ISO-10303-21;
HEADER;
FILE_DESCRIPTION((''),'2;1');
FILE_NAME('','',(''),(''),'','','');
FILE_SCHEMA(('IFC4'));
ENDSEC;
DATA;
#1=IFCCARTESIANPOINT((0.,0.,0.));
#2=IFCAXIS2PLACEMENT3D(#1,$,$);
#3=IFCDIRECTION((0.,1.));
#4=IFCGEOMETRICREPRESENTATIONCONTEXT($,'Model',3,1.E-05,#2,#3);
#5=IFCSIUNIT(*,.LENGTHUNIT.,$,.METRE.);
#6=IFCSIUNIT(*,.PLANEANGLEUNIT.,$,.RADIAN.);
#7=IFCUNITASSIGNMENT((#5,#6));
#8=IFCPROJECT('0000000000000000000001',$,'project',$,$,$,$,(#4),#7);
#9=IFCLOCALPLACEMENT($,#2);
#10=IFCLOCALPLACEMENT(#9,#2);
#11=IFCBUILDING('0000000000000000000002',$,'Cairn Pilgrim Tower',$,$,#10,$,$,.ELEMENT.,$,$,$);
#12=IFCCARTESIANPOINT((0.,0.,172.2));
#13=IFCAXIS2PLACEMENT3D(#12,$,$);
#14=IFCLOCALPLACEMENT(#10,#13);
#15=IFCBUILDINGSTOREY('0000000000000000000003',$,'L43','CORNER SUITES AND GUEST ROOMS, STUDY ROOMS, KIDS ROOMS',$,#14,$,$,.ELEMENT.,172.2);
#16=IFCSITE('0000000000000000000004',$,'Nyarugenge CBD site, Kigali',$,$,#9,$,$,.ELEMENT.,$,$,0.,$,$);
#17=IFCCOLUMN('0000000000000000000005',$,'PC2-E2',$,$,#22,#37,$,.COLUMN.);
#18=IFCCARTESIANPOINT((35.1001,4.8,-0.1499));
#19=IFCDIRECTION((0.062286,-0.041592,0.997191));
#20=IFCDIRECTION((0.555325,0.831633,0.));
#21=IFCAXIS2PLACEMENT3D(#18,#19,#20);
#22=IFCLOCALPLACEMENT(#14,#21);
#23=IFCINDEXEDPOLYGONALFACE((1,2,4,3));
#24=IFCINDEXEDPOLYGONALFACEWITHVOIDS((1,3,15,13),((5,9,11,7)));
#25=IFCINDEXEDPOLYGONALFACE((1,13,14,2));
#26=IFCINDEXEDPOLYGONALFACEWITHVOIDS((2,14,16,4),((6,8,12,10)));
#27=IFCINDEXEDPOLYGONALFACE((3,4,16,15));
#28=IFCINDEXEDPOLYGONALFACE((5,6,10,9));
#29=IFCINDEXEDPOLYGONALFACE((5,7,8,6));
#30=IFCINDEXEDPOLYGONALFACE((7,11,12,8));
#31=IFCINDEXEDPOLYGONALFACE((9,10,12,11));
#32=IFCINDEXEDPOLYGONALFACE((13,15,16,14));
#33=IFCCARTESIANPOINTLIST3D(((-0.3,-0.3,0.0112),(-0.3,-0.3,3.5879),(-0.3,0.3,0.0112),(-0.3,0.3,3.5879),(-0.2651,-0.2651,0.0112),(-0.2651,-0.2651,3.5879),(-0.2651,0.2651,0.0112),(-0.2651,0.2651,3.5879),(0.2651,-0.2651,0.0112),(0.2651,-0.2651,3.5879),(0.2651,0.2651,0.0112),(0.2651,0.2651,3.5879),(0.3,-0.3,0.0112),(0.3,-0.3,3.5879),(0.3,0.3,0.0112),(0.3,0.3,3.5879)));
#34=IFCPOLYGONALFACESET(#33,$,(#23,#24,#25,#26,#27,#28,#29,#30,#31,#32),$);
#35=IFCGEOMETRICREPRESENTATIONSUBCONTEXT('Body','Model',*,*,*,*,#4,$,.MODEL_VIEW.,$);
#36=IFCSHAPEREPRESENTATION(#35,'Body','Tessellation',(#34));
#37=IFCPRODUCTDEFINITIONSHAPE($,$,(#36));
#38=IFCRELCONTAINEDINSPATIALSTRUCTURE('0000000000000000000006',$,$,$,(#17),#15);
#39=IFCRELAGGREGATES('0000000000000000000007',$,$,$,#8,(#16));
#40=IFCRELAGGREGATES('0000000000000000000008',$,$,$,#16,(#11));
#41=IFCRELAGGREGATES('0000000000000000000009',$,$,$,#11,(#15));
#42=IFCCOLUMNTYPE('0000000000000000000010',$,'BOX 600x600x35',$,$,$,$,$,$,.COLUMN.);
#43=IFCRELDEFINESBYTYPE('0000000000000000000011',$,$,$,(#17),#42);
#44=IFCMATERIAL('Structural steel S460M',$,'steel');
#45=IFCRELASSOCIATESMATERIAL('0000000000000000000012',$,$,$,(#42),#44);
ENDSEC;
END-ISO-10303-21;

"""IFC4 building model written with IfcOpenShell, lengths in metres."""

from ifc_helpers import new_model, si_unit, direction, frame, origin, origin_2d, place, context, subcontext, project, spatial, hollow_rectangle, extrude, clip, halfspace, material, material_profile, profile_set, type_object, element, save


model = new_model("IFC4")

# Units and contexts
model_context = context("Model", 3, precision=1e-05, world=origin(), true_north=direction((0.0, 1.0)))
body_context = subcontext(model_context, "Body", "Model", "MODEL_VIEW")
ifc_project = project(units=[si_unit("LENGTHUNIT", "METRE"), si_unit("PLANEANGLEUNIT", "RADIAN")], contexts=[model_context])

# Site, building, storey
site_placement = place(None, origin())
site = spatial("IfcSite", under=ifc_project, at=site_placement, Name="Nyarugenge CBD site, Kigali", CompositionType="ELEMENT", RefElevation=0.0)
building_placement = place(site_placement, origin())
building = spatial("IfcBuilding", under=site, at=building_placement, Name="Cairn Pilgrim Tower", CompositionType="ELEMENT")
storey_placement = place(building_placement, frame((0.0, 0.0, 172.2)))
storey = spatial("IfcBuildingStorey", under=building, at=storey_placement, Name="L43", Description="CORNER SUITES AND GUEST ROOMS, STUDY ROOMS, KIDS ROOMS", CompositionType="ELEMENT", Elevation=172.2)

# Column
ifc_material_1 = material(Name="Structural steel S460M", Category="steel")
ifc_material_profile_1 = material_profile(ifc_material_1, hollow_rectangle(XDim=0.6001, YDim=0.6001, WallThickness=0.0349, at=origin_2d()), Name="BOX 600x600x35")
ifc_profile_set_1 = profile_set([ifc_material_profile_1], Name="Structural steel S460M")
column_type_1 = type_object("IfcColumnType", Name="BOX 600x600x35", PredefinedType="COLUMN", material=ifc_profile_set_1)
column_1_placement = place(storey_placement, frame((35.1001, 4.8, -0.1499), z_axis=(0.062286, -0.041592, 0.997191), x_axis=(0.555325, 0.831633, 0.0)))
element("IfcColumn", 1, at=column_1_placement, inside=storey, type_object=column_type_1, Name="PC2-E2", PredefinedType="COLUMN", context=body_context, shape_type="Clipping", body=[
    clip(clip(extrude(hollow_rectangle(XDim=0.6001, YDim=0.6001, WallThickness=0.0349, at=origin_2d()), origin(), (0.0, 0.0, 1.0), 3.6101), halfspace(frame((0.0, 0.0, 0.0112), z_axis=(0.0, 0.0, 1.0), x_axis=(1.0, 0.0, 0.0)), True)), halfspace(frame((0.0, 0.0, 3.5879), z_axis=(0.0, 0.0, 1.0), x_axis=(1.0, 0.0, 0.0)), False)),
])

save(model, "model.ifc")
